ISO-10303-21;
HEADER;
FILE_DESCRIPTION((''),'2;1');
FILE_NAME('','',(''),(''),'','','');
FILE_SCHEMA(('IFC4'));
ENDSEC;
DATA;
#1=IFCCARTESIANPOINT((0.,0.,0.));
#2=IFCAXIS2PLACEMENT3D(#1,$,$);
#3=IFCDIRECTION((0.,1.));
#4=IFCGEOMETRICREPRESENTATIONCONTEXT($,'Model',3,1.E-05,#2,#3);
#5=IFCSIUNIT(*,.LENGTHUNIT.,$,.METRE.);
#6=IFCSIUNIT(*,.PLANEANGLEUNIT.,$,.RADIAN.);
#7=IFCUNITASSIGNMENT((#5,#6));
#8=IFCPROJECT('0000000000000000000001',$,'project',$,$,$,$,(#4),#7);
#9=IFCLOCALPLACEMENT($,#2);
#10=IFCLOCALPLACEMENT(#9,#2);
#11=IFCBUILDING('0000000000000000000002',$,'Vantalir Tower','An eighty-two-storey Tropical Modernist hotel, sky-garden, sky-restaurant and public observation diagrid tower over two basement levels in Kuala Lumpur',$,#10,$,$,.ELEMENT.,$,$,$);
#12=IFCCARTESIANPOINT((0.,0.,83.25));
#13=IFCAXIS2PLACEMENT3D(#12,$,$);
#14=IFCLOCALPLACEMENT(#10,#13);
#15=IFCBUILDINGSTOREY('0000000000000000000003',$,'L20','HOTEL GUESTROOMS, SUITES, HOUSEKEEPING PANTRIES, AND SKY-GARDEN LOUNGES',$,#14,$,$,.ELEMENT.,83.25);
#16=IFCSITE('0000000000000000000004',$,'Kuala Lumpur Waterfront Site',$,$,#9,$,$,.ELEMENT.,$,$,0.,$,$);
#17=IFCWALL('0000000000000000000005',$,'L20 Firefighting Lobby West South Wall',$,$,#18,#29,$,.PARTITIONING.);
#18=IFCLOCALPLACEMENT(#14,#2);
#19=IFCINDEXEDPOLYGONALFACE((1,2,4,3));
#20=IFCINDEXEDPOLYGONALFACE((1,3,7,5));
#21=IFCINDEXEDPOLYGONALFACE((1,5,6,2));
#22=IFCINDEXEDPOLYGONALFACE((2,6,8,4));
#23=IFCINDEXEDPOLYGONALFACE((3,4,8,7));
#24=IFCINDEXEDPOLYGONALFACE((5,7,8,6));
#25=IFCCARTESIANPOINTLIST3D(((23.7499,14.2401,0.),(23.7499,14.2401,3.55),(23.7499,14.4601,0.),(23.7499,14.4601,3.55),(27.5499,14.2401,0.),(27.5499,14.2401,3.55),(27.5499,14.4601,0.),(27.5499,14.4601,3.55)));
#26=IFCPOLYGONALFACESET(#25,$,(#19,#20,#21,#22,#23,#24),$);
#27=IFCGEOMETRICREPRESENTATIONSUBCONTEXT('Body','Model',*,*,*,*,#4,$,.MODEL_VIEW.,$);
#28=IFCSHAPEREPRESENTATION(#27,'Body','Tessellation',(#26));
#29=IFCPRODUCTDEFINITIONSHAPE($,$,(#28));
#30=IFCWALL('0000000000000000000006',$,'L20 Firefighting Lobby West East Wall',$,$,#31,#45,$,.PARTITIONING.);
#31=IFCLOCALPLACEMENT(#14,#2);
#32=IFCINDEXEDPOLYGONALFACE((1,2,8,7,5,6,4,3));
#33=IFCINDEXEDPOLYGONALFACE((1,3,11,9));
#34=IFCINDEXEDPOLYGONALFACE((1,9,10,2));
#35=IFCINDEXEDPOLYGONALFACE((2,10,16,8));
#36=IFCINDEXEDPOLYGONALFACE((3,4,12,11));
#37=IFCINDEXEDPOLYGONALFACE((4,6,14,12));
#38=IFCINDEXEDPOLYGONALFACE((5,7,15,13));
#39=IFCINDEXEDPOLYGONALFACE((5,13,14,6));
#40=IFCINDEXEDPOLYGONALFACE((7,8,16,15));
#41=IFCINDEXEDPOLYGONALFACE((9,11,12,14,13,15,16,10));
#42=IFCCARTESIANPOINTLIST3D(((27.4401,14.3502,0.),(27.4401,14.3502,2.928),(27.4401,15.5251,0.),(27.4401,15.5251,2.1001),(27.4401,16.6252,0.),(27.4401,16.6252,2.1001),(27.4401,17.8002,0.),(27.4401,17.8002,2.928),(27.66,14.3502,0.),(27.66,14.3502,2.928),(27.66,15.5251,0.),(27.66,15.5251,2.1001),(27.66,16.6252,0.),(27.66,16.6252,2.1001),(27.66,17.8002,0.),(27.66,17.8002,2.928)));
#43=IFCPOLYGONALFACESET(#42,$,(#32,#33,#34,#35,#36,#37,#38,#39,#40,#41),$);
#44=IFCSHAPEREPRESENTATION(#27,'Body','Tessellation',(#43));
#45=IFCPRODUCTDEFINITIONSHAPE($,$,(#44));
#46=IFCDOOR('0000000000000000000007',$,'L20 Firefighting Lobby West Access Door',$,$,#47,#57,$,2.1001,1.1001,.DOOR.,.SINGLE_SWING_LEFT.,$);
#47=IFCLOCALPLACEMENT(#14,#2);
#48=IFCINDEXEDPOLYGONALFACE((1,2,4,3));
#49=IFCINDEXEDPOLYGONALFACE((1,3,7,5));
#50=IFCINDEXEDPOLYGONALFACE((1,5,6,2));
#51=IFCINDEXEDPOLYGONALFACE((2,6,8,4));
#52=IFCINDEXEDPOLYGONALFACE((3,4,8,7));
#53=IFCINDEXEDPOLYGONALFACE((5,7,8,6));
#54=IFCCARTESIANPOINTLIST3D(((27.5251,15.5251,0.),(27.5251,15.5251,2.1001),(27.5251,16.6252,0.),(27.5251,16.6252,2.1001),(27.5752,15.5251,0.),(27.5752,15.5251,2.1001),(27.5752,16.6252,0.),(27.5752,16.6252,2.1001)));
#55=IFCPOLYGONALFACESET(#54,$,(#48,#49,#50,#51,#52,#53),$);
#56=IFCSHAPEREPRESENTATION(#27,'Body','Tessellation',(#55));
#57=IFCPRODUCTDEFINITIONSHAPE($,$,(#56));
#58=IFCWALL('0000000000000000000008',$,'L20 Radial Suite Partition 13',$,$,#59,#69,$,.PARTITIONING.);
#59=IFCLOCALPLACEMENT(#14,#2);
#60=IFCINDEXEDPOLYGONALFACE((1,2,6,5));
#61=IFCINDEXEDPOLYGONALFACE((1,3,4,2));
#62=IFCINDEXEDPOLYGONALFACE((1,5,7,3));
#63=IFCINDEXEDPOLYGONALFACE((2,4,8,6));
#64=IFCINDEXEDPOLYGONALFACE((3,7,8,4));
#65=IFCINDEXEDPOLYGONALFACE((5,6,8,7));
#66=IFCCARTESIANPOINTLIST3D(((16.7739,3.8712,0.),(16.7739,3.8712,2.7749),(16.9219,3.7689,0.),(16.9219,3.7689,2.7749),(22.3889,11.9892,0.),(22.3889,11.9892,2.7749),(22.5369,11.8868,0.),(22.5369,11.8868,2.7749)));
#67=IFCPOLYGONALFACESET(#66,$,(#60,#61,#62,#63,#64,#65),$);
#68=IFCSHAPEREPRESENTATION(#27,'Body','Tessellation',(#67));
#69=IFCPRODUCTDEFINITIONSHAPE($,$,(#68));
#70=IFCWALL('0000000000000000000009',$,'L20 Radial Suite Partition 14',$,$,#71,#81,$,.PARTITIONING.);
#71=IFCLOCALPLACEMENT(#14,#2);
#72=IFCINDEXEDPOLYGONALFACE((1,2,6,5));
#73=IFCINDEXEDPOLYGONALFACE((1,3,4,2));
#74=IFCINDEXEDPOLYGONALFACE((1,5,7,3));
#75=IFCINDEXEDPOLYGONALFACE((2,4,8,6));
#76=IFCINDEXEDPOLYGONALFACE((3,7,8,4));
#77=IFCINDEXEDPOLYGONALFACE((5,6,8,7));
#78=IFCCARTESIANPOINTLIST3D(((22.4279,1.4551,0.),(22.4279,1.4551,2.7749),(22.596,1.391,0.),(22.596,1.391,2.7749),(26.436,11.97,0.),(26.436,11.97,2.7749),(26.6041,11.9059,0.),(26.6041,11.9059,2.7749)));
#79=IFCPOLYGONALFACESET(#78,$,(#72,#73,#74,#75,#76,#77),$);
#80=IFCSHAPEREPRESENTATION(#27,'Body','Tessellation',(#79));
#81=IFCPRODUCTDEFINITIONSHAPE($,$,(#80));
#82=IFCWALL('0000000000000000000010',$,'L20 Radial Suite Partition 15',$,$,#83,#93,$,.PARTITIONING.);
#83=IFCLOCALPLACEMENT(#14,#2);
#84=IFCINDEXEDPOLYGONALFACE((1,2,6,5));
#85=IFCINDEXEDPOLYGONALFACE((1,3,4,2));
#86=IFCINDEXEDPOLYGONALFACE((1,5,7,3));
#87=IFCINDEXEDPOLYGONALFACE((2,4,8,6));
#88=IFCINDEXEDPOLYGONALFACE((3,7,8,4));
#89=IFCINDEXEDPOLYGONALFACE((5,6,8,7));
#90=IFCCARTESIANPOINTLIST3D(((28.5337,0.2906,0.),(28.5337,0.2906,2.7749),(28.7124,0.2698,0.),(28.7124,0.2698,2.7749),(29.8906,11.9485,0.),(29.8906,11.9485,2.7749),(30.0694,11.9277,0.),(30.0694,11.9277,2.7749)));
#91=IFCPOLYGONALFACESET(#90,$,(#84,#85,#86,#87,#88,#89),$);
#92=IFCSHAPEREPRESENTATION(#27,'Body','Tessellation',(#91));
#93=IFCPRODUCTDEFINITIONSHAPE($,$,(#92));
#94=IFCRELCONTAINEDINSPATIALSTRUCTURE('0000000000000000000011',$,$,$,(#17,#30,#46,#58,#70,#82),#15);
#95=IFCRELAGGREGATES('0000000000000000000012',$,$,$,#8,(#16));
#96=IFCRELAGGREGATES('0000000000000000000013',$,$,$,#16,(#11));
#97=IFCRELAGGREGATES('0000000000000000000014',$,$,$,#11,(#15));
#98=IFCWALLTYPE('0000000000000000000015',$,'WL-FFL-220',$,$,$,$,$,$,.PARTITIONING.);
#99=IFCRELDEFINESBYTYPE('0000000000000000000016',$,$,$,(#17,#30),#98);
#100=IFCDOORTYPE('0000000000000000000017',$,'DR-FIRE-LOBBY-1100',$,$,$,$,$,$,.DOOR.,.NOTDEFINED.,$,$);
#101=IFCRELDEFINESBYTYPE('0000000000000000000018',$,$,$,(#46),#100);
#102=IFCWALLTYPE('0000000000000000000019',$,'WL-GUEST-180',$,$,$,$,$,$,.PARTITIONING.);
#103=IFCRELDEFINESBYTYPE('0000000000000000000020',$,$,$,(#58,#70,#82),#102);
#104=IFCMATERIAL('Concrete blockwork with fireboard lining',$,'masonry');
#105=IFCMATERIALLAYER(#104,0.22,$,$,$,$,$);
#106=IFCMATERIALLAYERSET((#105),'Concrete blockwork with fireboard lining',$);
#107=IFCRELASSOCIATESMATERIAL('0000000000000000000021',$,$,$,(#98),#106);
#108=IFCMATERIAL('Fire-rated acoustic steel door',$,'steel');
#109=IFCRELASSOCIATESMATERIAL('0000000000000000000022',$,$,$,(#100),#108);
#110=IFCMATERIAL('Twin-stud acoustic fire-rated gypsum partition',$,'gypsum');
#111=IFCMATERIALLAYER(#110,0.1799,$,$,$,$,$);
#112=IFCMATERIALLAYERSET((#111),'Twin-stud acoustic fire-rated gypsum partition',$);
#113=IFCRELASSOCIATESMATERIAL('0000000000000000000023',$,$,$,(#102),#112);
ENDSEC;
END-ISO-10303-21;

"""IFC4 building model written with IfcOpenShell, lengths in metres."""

from ifc_helpers import new_model, si_unit, direction, frame, frame_2d, origin, place, context, subcontext, project, spatial, rectangle, extrude, material, layer, layer_set, type_object, element, fill, save


model = new_model("IFC4")

# Units and contexts
model_context = context("Model", 3, precision=1e-05, world=origin(), true_north=direction((0.0, 1.0)))
body_context = subcontext(model_context, "Body", "Model", "MODEL_VIEW")
ifc_project = project(units=[si_unit("LENGTHUNIT", "METRE"), si_unit("PLANEANGLEUNIT", "RADIAN")], contexts=[model_context])

# Site, building, storey
site_placement = place(None, origin())
site = spatial("IfcSite", under=ifc_project, at=site_placement, Name="Kuala Lumpur Waterfront Site", CompositionType="ELEMENT", RefElevation=0.0)
building_placement = place(site_placement, origin())
building = spatial("IfcBuilding", under=site, at=building_placement, Name="Vantalir Tower", Description="An eighty-two-storey Tropical Modernist hotel, sky-garden, sky-restaurant and public observation diagrid tower over two basement levels in Kuala Lumpur", CompositionType="ELEMENT")
storey_placement = place(building_placement, frame((0.0, 0.0, 83.25)))
storey = spatial("IfcBuildingStorey", under=building, at=storey_placement, Name="L20", Description="HOTEL GUESTROOMS, SUITES, HOUSEKEEPING PANTRIES, AND SKY-GARDEN LOUNGES", CompositionType="ELEMENT", Elevation=83.25)

# Wall
ifc_material_1 = material(Name="Concrete blockwork with fireboard lining", Category="masonry")
ifc_layer_1 = layer(ifc_material_1, 0.22)
ifc_layer_set_1 = layer_set([ifc_layer_1], Name="Concrete blockwork with fireboard lining")
wall_type_1 = type_object("IfcWallType", Name="WL-FFL-220", PredefinedType="PARTITIONING", material=ifc_layer_set_1)
wall_1_placement = place(storey_placement, frame((23.75, 14.3501, 0.0), z_axis=(0.0, 0.0, 1.0), x_axis=(1.0, 0.0, 0.0)))
element("IfcWall", 1, at=wall_1_placement, inside=storey, type_object=wall_type_1, Name="L20 Firefighting Lobby West South Wall", PredefinedType="PARTITIONING", context=body_context, shape_type="SweptSolid", body=[
    extrude(rectangle(XDim=3.8, YDim=0.22, at=frame_2d((1.8999, 0.0))), origin(), (0.0, 0.0, 1.0), 3.55),
])

# Wall, opening, door
wall_2_placement = place(storey_placement, frame((27.55, 14.3501, 0.0), z_axis=(0.0, 0.0, 1.0), x_axis=(0.0, 1.0, 0.0)))
wall_2 = element("IfcWall", 2, at=wall_2_placement, inside=storey, type_object=wall_type_1, Name="L20 Firefighting Lobby West East Wall", PredefinedType="PARTITIONING", context=body_context, shape_type="SweptSolid", body=[
    extrude(rectangle(XDim=3.45, YDim=0.22, at=frame_2d((1.7251, 0.0))), origin(), (0.0, 0.0, 1.0), 2.928),
])
opening_1_placement = place(wall_2_placement, frame((1.175, 0.0, 0.0)))
opening_1 = element("IfcOpeningElement", 3, at=opening_1_placement, cuts=wall_2, PredefinedType="OPENING", context=body_context, shape_type="SweptSolid", body=[
    extrude(rectangle(XDim=1.1001, YDim=2.1001, at=frame_2d((0.55, 1.05))), frame((0.0, 0.1199, 0.0), z_axis=(0.0, -1.0, 0.0), x_axis=(1.0, 0.0, 0.0)), (0.0, 0.0, 1.0), 0.24),
])
ifc_material_2 = material(Name="Fire-rated acoustic steel door", Category="steel")
door_type_1 = type_object("IfcDoorType", Name="DR-FIRE-LOBBY-1100", OperationType="NOTDEFINED", PredefinedType="DOOR", material=ifc_material_2)
door_1_placement = place(opening_1_placement, origin())
door_1 = element("IfcDoor", 4, at=door_1_placement, inside=storey, type_object=door_type_1, Name="L20 Firefighting Lobby West Access Door", OperationType="SINGLE_SWING_LEFT", OverallHeight=2.1001, OverallWidth=1.1001, PredefinedType="DOOR", context=body_context, shape_type="SweptSolid", body=[
    extrude(rectangle(XDim=1.1001, YDim=2.1001, at=frame_2d((0.55, 1.05))), frame((0.0, 0.0249, 0.0), z_axis=(0.0, -1.0, 0.0), x_axis=(1.0, 0.0, 0.0)), (0.0, 0.0, 1.0), 0.05),
])
fill(opening_1, door_1)

# Walls
ifc_material_3 = material(Name="Twin-stud acoustic fire-rated gypsum partition", Category="gypsum")
ifc_layer_2 = layer(ifc_material_3, 0.1799)
ifc_layer_set_2 = layer_set([ifc_layer_2], Name="Twin-stud acoustic fire-rated gypsum partition")
wall_type_2 = type_object("IfcWallType", Name="WL-GUEST-180", PredefinedType="PARTITIONING", material=ifc_layer_set_2)
wall_3_placement = place(storey_placement, frame((22.4629, 11.938, 0.0), z_axis=(0.0, 0.0, 1.0), x_axis=(-0.56886, -0.822434, 0.0)))
element("IfcWall", 5, at=wall_3_placement, inside=storey, type_object=wall_type_2, Name="L20 Radial Suite Partition 13", PredefinedType="PARTITIONING", context=body_context, shape_type="SweptSolid", body=[
    extrude(rectangle(XDim=9.8706, YDim=0.1799, at=frame_2d((4.9353, 0.0))), origin(), (0.0, 0.0, 1.0), 2.7749),
])
wall_4_placement = place(storey_placement, frame((26.52, 11.938, 0.0), z_axis=(0.0, 0.0, 1.0), x_axis=(-0.35618, -0.934417, 0.0)))
element("IfcWall", 6, at=wall_4_placement, inside=storey, type_object=wall_type_2, Name="L20 Radial Suite Partition 14", PredefinedType="PARTITIONING", context=body_context, shape_type="SweptSolid", body=[
    extrude(rectangle(XDim=11.2529, YDim=0.1799, at=frame_2d((5.6265, 0.0))), origin(), (0.0, 0.0, 1.0), 2.7749),
])
wall_5_placement = place(storey_placement, frame((29.98, 11.938, 0.0), z_axis=(0.0, 0.0, 1.0), x_axis=(-0.115615, -0.993294, 0.0)))
element("IfcWall", 7, at=wall_5_placement, inside=storey, type_object=wall_type_2, Name="L20 Radial Suite Partition 15", PredefinedType="PARTITIONING", context=body_context, shape_type="SweptSolid", body=[
    extrude(rectangle(XDim=11.7366, YDim=0.1799, at=frame_2d((5.8682, 0.0))), origin(), (0.0, 0.0, 1.0), 2.7749),
])

save(model, "model.ifc")
